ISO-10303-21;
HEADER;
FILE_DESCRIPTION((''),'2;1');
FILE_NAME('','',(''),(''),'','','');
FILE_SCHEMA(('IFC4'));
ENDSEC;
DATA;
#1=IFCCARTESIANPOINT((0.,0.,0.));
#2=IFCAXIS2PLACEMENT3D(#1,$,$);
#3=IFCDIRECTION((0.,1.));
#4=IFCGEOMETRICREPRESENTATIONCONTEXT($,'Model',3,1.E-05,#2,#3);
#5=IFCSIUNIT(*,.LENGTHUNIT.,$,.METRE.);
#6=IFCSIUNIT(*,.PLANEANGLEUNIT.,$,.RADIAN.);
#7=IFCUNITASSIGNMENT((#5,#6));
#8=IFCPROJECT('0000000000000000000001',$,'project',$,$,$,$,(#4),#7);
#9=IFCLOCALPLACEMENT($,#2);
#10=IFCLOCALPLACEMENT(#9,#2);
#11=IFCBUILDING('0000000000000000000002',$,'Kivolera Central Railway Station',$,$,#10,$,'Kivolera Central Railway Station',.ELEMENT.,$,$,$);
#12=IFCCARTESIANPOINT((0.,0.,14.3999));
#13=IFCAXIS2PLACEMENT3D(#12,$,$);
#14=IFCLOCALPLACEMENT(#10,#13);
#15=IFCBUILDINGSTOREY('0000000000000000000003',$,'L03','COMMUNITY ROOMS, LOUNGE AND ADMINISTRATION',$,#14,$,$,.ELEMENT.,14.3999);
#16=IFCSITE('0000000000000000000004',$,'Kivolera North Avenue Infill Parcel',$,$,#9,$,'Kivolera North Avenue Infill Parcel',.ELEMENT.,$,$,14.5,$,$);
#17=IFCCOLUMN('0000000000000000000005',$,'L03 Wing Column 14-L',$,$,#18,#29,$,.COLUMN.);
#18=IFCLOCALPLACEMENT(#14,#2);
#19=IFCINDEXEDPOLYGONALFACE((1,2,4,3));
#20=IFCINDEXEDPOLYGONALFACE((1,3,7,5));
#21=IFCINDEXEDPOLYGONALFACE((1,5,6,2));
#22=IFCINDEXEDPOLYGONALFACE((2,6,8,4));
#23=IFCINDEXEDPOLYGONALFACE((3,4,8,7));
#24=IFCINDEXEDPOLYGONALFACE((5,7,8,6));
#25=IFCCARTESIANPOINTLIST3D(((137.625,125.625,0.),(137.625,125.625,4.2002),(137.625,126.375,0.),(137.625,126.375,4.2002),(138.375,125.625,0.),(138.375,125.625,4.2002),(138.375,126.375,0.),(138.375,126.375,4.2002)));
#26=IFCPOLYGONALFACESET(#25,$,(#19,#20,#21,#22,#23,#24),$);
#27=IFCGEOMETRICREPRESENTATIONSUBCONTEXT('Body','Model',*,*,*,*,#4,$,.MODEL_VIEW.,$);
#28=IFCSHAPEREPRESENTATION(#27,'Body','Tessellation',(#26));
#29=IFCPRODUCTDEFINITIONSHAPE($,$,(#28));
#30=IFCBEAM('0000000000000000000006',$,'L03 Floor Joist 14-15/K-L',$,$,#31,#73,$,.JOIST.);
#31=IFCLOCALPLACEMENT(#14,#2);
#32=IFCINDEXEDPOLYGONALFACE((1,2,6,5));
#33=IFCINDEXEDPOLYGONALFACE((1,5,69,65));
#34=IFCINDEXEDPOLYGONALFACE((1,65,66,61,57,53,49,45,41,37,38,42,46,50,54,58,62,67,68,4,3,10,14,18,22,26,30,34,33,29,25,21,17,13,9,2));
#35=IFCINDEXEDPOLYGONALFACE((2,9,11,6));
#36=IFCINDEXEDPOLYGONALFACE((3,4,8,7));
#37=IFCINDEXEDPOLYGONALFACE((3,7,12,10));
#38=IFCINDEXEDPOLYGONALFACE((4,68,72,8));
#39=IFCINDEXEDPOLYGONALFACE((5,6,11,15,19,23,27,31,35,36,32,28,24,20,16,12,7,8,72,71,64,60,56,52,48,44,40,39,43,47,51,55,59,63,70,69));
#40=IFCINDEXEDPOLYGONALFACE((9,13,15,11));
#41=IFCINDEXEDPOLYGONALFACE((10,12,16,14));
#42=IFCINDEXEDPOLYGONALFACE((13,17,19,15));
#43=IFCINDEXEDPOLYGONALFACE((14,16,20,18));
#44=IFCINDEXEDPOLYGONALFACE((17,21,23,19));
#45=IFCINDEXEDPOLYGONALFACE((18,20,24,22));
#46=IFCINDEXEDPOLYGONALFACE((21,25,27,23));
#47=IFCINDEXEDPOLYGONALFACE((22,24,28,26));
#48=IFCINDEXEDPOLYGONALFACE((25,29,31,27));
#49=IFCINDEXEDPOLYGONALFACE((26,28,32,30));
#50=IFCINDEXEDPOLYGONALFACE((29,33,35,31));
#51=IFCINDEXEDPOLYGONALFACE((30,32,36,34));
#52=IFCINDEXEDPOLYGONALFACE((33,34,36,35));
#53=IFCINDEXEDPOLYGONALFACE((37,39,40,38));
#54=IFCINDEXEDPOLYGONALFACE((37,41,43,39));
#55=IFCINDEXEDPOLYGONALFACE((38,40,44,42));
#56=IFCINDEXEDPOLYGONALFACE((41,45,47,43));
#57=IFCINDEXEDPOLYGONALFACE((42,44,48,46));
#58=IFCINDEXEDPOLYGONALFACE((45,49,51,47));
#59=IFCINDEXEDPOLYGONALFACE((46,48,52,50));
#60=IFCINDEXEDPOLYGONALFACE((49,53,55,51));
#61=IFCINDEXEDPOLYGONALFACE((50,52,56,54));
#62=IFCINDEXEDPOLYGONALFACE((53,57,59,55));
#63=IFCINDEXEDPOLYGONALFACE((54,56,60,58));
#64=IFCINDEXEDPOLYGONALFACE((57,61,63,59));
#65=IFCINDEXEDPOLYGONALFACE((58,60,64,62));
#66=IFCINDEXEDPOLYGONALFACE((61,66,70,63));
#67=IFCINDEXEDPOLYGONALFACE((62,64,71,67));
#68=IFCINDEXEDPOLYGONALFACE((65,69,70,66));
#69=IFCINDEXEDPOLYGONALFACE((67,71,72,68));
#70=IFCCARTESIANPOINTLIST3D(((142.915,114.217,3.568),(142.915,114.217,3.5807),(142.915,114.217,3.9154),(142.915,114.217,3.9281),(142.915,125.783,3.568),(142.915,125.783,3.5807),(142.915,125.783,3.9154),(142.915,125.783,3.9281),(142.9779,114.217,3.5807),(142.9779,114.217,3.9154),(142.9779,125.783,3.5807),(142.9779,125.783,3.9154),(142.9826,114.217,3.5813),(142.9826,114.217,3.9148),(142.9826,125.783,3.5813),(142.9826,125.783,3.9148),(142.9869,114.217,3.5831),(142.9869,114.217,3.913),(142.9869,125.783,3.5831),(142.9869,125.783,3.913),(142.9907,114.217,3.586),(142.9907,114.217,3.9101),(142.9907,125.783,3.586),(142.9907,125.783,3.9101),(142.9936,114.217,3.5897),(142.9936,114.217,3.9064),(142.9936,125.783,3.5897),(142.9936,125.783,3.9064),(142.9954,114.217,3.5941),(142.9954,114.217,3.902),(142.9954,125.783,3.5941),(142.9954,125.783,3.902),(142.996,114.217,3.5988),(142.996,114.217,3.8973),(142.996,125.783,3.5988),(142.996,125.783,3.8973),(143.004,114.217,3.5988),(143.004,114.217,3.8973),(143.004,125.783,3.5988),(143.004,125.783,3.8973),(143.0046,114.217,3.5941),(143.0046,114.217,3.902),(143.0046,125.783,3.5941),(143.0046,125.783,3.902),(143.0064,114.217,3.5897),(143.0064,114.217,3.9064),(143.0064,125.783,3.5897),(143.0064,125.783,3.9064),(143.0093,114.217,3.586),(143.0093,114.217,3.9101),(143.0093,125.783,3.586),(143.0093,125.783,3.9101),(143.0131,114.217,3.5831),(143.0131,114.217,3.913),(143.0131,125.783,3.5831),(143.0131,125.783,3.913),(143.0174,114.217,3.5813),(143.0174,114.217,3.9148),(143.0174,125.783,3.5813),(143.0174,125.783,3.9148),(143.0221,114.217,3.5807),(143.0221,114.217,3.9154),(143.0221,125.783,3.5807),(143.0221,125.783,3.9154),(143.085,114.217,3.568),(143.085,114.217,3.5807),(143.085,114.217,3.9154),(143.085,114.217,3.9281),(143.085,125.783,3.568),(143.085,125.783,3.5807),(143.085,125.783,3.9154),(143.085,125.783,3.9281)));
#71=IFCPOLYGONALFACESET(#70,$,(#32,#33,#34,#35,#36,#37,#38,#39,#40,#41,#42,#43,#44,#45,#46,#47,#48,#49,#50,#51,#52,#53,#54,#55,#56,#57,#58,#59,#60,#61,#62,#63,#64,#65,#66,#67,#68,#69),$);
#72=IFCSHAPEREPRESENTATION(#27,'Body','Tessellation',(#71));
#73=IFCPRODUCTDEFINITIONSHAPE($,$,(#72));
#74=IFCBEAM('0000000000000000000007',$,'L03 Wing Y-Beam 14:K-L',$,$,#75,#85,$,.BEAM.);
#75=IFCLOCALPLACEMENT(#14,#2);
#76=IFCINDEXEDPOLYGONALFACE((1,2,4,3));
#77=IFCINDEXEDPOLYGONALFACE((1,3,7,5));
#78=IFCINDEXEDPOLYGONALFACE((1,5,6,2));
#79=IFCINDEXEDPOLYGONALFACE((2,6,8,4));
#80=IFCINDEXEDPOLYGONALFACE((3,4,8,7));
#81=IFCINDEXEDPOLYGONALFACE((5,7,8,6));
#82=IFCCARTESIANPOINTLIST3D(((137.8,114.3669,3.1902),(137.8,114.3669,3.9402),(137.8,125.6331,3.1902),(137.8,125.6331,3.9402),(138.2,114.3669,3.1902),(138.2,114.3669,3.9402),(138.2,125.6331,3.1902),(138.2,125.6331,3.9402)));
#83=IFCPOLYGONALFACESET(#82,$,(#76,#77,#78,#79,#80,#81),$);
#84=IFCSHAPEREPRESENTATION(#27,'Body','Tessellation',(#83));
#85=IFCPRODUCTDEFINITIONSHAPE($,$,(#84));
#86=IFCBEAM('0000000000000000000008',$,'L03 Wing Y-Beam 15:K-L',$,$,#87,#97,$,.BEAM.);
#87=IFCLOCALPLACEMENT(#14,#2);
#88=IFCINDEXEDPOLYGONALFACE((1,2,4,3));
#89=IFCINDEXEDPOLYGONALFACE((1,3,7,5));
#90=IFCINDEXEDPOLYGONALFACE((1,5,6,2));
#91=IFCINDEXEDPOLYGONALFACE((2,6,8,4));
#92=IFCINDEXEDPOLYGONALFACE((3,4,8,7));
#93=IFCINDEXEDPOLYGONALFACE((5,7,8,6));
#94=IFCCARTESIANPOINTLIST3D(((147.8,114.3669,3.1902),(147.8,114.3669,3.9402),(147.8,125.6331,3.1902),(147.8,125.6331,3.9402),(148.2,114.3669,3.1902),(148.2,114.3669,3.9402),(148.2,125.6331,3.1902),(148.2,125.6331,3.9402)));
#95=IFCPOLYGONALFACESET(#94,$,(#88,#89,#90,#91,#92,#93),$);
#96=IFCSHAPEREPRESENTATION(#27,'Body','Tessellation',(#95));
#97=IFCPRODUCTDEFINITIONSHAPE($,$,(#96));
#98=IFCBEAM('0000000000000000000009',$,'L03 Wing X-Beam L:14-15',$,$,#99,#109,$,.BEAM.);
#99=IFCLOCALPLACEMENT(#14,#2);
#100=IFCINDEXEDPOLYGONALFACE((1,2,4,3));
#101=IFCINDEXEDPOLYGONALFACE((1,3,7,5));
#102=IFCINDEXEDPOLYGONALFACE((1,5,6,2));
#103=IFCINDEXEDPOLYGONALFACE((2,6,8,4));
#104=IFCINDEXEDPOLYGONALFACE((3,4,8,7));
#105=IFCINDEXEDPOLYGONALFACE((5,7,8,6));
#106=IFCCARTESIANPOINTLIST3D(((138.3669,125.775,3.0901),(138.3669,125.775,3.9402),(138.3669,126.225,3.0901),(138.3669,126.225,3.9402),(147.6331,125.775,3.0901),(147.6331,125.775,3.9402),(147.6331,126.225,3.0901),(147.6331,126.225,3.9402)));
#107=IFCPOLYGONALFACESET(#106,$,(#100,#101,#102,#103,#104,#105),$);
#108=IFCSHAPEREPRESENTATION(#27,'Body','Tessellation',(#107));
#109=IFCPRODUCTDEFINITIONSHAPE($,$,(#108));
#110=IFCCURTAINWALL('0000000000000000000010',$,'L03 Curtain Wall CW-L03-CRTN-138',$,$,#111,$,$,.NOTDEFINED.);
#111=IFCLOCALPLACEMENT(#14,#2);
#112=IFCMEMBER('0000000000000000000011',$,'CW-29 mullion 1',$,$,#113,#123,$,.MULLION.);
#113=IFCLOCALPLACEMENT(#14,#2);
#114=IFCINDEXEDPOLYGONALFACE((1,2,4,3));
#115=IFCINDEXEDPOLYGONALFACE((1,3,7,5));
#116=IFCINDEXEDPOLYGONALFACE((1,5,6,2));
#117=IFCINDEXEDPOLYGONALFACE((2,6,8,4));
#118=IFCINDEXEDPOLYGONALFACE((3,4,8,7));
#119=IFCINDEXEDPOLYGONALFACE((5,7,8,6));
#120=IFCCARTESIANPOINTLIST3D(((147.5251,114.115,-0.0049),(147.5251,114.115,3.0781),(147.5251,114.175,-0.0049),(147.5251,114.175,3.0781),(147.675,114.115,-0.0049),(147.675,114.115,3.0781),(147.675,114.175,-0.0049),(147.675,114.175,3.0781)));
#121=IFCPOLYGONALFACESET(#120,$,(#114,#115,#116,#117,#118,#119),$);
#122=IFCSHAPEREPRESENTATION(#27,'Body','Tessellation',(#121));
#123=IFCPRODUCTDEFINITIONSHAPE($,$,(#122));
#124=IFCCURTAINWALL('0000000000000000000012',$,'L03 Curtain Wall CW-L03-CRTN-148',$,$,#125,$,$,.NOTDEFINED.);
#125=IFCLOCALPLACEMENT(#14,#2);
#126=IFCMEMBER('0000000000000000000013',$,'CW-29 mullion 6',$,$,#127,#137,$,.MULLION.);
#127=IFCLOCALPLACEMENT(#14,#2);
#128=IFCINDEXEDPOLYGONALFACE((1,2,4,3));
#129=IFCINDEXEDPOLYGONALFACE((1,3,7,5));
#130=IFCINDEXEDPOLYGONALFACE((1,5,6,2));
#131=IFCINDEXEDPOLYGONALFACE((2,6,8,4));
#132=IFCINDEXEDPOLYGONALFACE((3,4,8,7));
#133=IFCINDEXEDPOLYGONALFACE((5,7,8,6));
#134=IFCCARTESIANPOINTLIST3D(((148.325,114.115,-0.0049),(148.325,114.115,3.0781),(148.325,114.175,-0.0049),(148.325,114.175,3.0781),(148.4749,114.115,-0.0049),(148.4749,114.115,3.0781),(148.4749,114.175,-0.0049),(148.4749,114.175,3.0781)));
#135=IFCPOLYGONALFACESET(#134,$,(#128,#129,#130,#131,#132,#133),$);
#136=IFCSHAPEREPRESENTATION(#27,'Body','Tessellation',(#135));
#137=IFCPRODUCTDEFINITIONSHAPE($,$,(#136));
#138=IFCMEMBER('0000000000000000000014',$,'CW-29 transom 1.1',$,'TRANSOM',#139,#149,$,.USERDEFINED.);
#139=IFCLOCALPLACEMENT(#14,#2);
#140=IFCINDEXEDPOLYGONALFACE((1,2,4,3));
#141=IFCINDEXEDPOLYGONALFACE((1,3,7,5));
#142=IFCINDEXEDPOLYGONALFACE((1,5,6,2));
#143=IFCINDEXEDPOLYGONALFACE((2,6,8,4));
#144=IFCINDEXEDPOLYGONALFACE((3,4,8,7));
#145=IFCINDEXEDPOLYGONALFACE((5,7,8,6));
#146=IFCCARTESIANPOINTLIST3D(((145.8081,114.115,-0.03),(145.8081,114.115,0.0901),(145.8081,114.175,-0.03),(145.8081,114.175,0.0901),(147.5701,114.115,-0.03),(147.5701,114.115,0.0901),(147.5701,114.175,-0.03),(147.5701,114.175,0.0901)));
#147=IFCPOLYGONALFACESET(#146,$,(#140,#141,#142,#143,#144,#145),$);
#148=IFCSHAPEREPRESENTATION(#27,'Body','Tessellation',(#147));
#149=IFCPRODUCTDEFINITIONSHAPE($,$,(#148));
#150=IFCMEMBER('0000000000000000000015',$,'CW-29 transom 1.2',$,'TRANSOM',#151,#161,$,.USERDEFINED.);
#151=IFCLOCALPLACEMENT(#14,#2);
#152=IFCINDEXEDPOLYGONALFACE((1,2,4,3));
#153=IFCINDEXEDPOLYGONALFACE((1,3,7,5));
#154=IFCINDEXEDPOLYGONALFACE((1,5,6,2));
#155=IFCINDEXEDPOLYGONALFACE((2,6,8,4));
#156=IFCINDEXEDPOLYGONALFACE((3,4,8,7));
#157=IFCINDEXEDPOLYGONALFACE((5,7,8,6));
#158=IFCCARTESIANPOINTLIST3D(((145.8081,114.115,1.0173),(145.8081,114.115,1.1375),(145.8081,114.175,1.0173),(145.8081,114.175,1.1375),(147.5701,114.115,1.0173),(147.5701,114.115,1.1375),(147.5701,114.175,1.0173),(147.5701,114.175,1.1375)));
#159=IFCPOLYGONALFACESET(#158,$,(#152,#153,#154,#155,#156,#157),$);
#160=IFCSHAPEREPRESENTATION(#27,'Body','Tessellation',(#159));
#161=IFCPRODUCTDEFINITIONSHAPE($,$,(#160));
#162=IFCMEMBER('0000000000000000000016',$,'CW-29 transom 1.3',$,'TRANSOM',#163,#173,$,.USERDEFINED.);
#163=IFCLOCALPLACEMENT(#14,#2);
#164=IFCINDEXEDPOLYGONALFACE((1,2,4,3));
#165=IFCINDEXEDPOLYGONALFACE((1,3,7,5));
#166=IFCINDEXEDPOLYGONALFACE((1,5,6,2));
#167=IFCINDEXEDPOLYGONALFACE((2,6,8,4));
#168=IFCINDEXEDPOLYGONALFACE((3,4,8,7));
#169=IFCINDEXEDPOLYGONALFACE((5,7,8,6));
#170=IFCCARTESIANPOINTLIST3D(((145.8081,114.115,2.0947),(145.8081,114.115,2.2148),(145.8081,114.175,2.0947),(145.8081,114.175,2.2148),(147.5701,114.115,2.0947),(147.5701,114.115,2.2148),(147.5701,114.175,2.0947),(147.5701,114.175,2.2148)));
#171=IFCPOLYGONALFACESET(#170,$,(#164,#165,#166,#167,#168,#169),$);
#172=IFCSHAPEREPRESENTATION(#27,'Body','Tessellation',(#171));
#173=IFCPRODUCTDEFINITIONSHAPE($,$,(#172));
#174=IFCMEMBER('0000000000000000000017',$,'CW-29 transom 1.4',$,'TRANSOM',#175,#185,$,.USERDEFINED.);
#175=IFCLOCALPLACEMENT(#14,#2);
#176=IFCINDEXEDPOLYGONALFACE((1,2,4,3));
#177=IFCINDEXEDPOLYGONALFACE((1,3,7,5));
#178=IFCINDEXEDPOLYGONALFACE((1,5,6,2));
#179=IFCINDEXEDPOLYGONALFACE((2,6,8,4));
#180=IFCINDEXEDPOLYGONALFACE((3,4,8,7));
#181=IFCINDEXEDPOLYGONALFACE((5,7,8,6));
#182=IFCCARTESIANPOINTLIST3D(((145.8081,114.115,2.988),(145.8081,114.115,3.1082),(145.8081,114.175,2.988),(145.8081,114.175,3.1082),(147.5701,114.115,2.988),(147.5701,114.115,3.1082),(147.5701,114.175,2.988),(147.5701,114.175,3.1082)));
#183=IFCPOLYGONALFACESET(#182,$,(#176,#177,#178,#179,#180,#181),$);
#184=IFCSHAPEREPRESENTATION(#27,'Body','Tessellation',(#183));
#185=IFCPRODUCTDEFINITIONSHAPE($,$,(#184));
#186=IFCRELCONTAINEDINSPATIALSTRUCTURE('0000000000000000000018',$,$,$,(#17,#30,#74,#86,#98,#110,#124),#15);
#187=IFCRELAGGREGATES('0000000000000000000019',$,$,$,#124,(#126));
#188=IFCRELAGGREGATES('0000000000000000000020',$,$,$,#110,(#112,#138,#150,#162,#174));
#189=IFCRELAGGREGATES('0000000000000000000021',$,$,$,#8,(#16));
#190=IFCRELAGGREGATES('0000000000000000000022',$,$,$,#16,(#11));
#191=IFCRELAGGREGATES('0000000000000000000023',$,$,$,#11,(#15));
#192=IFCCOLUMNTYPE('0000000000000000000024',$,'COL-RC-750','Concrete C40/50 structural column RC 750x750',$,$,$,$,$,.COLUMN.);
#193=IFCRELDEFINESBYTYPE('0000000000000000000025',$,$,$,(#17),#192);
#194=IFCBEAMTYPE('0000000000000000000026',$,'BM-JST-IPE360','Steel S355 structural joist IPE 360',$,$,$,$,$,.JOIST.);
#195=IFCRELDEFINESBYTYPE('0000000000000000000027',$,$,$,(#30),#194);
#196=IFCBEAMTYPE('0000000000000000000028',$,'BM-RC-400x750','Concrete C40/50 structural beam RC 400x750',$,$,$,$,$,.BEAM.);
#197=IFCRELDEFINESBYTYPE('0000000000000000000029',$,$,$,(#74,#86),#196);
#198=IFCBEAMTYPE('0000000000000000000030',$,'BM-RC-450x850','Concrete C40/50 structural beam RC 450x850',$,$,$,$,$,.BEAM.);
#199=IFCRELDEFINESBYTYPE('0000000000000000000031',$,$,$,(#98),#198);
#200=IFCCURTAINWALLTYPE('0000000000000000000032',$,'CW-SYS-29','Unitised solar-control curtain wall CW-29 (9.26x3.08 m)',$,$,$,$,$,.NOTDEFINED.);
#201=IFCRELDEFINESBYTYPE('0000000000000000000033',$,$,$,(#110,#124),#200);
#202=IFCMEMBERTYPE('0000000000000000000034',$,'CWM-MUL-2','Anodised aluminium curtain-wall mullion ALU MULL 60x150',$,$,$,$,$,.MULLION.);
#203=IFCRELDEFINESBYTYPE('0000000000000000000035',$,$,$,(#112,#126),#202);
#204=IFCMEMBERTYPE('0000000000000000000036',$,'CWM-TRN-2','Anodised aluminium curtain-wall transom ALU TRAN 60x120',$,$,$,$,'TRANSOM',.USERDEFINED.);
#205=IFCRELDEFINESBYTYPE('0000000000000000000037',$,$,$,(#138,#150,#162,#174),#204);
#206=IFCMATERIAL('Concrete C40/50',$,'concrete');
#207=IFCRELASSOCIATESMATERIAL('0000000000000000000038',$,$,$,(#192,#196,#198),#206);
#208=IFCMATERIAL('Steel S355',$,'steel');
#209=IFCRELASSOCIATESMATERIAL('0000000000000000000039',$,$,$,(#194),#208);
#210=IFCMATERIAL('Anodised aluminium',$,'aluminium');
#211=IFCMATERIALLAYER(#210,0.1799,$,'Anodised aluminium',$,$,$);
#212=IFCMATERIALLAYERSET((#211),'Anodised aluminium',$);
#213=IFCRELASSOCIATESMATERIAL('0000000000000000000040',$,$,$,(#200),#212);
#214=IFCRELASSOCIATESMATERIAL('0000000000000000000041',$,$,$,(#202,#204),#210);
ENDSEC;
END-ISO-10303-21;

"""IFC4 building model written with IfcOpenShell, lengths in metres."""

from ifc_helpers import new_model, si_unit, direction, frame, origin, origin_2d, place, context, subcontext, project, spatial, rectangle, i_section, extrude, material, layer, layer_set, material_profile, profile_set, type_object, element, aggregate, save


model = new_model("IFC4")

# Units and contexts
model_context = context("Model", 3, precision=1e-05, world=origin(), true_north=direction((0.0, 1.0)))
body_context = subcontext(model_context, "Body", "Model", "MODEL_VIEW")
ifc_project = project(units=[si_unit("LENGTHUNIT", "METRE"), si_unit("PLANEANGLEUNIT", "RADIAN")], contexts=[model_context])

# Site, building, storey
site_placement = place(None, origin())
site = spatial("IfcSite", under=ifc_project, at=site_placement, Name="Kivolera North Avenue Infill Parcel", LongName="Kivolera North Avenue Infill Parcel", CompositionType="ELEMENT", RefElevation=14.5)
building_placement = place(site_placement, origin())
building = spatial("IfcBuilding", under=site, at=building_placement, Name="Kivolera Central Railway Station", LongName="Kivolera Central Railway Station", CompositionType="ELEMENT")
storey_placement = place(building_placement, frame((0.0, 0.0, 14.3999)))
storey = spatial("IfcBuildingStorey", under=building, at=storey_placement, Name="L03", Description="COMMUNITY ROOMS, LOUNGE AND ADMINISTRATION", CompositionType="ELEMENT", Elevation=14.3999)

# Column
ifc_material_1 = material(Name="Concrete C40/50", Category="concrete")
ifc_material_profile_1 = material_profile(ifc_material_1, rectangle(XDim=0.75, YDim=0.75, at=origin_2d()), Name="RC 750x750")
ifc_profile_set_1 = profile_set([ifc_material_profile_1], Name="Concrete C40/50")
column_type = type_object("IfcColumnType", Name="COL-RC-750", Description="Concrete C40/50 structural column RC 750x750", PredefinedType="COLUMN", material=ifc_profile_set_1)
column_placement = place(storey_placement, frame((138.0, 126.0, 0.0), z_axis=(0.0, 0.0, 1.0), x_axis=(1.0, 0.0, 0.0)))
element("IfcColumn", 1, at=column_placement, inside=storey, type_object=column_type, Name="L03 Wing Column 14-L", PredefinedType="COLUMN", context=body_context, shape_type="SweptSolid", body=[
    extrude(rectangle(XDim=0.75, YDim=0.75, at=origin_2d()), origin(), (0.0, 0.0, 1.0), 4.2002),
])

# Beams
ifc_material_2 = material(Name="Steel S355", Category="steel")
ifc_material_profile_2 = material_profile(ifc_material_2, i_section(OverallWidth=0.1699, OverallDepth=0.3601, WebThickness=0.0081, FlangeThickness=0.0127, FilletRadius=0.0181, at=origin_2d()), Name="IPE 360")
ifc_profile_set_2 = profile_set([ifc_material_profile_2], Name="Steel S355")
beam_type_1 = type_object("IfcBeamType", Name="BM-JST-IPE360", Description="Steel S355 structural joist IPE 360", PredefinedType="JOIST", material=ifc_profile_set_2)
beam_1_placement = place(storey_placement, frame((143.0, 114.217, 3.748), z_axis=(0.0, 1.0, 0.0), x_axis=(-1.0, 0.0, 0.0)))
element("IfcBeam", 2, at=beam_1_placement, inside=storey, type_object=beam_type_1, Name="L03 Floor Joist 14-15/K-L", PredefinedType="JOIST", context=body_context, shape_type="SweptSolid", body=[
    extrude(i_section(OverallWidth=0.1699, OverallDepth=0.3601, WebThickness=0.0081, FlangeThickness=0.0127, FilletRadius=0.0181, at=origin_2d()), origin(), (0.0, 0.0, 1.0), 11.5659),
])
ifc_material_profile_3 = material_profile(ifc_material_1, rectangle(XDim=0.3999, YDim=0.75, at=origin_2d()), Name="RC 400x750")
ifc_profile_set_3 = profile_set([ifc_material_profile_3], Name="Concrete C40/50")
beam_type_2 = type_object("IfcBeamType", Name="BM-RC-400x750", Description="Concrete C40/50 structural beam RC 400x750", PredefinedType="BEAM", material=ifc_profile_set_3)
for number, where, z_axis, x_axis, name in (
    (3, (138.0, 114.3669, 3.5652), (0.0, 1.0, 0.0), (-1.0, 0.0, 0.0), "L03 Wing Y-Beam 14:K-L"),
    (4, (148.0, 114.3669, 3.5652), (0.0, 1.0, 0.0), (-1.0, 0.0, 0.0), "L03 Wing Y-Beam 15:K-L"),
):
    element("IfcBeam", number, at=place(storey_placement, frame(where, z_axis=z_axis, x_axis=x_axis)), inside=storey, type_object=beam_type_2, Name=name, PredefinedType="BEAM", context=body_context, shape_type="SweptSolid", body=[
        extrude(rectangle(XDim=0.3999, YDim=0.75, at=origin_2d()), origin(), (0.0, 0.0, 1.0), 11.2661),
    ])
ifc_material_profile_4 = material_profile(ifc_material_1, rectangle(XDim=0.45, YDim=0.8501, at=origin_2d()), Name="RC 450x850")
ifc_profile_set_4 = profile_set([ifc_material_profile_4], Name="Concrete C40/50")
beam_type_3 = type_object("IfcBeamType", Name="BM-RC-450x850", Description="Concrete C40/50 structural beam RC 450x850", PredefinedType="BEAM", material=ifc_profile_set_4)
beam_2_placement = place(storey_placement, frame((138.3669, 126.0, 3.5151), z_axis=(1.0, 0.0, 0.0), x_axis=(0.0, 1.0, 0.0)))
element("IfcBeam", 5, at=beam_2_placement, inside=storey, type_object=beam_type_3, Name="L03 Wing X-Beam L:14-15", PredefinedType="BEAM", context=body_context, shape_type="SweptSolid", body=[
    extrude(rectangle(XDim=0.45, YDim=0.8501, at=origin_2d()), origin(), (0.0, 0.0, 1.0), 9.2661),
])

# Curtain walls, members
ifc_material_3 = material(Name="Anodised aluminium", Category="aluminium")
ifc_layer_1 = layer(ifc_material_3, 0.1799, Name="Anodised aluminium")
ifc_layer_set_1 = layer_set([ifc_layer_1], Name="Anodised aluminium")
curtain_wall_type = type_object("IfcCurtainWallType", Name="CW-SYS-29", Description="Unitised solar-control curtain wall CW-29 (9.26x3.08 m)", PredefinedType="NOTDEFINED", material=ifc_layer_set_1)
curtain_wall_1_placement = place(storey_placement, origin())
curtain_wall_1 = element("IfcCurtainWall", 6, at=curtain_wall_1_placement, inside=storey, type_object=curtain_wall_type, Name="L03 Curtain Wall CW-L03-CRTN-138", PredefinedType="NOTDEFINED")
ifc_material_profile_5 = material_profile(ifc_material_3, rectangle(XDim=0.0601, YDim=0.1499, at=origin_2d()), Name="ALU MULL 60x150")
ifc_profile_set_5 = profile_set([ifc_material_profile_5], Name="Anodised aluminium")
member_type_1 = type_object("IfcMemberType", Name="CWM-MUL-2", Description="Anodised aluminium curtain-wall mullion ALU MULL 60x150", PredefinedType="MULLION", material=ifc_profile_set_5)
member_1_placement = place(storey_placement, frame((147.6001, 114.145, -0.0049), z_axis=(0.0, 0.0, 1.0), x_axis=(0.0, -1.0, 0.0)))
member_1 = element("IfcMember", 7, at=member_1_placement, type_object=member_type_1, Name="CW-29 mullion 1", PredefinedType="MULLION", context=body_context, shape_type="SweptSolid", body=[
    extrude(rectangle(XDim=0.0601, YDim=0.1499, at=origin_2d()), origin(), (0.0, 0.0, 1.0), 3.083),
])
curtain_wall_2_placement = place(storey_placement, origin())
curtain_wall_2 = element("IfcCurtainWall", 8, at=curtain_wall_2_placement, inside=storey, type_object=curtain_wall_type, Name="L03 Curtain Wall CW-L03-CRTN-148", PredefinedType="NOTDEFINED")
member_2_placement = place(storey_placement, frame((148.3999, 114.145, -0.0049), z_axis=(0.0, 0.0, 1.0), x_axis=(0.0, -1.0, 0.0)))
member_2 = element("IfcMember", 9, at=member_2_placement, type_object=member_type_1, Name="CW-29 mullion 6", PredefinedType="MULLION", context=body_context, shape_type="SweptSolid", body=[
    extrude(rectangle(XDim=0.0601, YDim=0.1499, at=origin_2d()), origin(), (0.0, 0.0, 1.0), 3.083),
])
aggregate(curtain_wall_2, [member_2])

# Members
ifc_material_profile_6 = material_profile(ifc_material_3, rectangle(XDim=0.0601, YDim=0.1201, at=origin_2d()), Name="ALU TRAN 60x120")
ifc_profile_set_6 = profile_set([ifc_material_profile_6], Name="Anodised aluminium")
member_type_2 = type_object("IfcMemberType", Name="CWM-TRN-2", Description="Anodised aluminium curtain-wall transom ALU TRAN 60x120", ElementType="TRANSOM", PredefinedType="USERDEFINED", material=ifc_profile_set_6)
member_3_placement = place(storey_placement, frame((147.5701, 114.145, 0.03), z_axis=(-1.0, 0.0, 0.0), x_axis=(0.0, -1.0, 0.0)))
member_3 = element("IfcMember", 10, at=member_3_placement, type_object=member_type_2, Name="CW-29 transom 1.1", ObjectType="TRANSOM", PredefinedType="USERDEFINED", context=body_context, shape_type="SweptSolid", body=[
    extrude(rectangle(XDim=0.0601, YDim=0.1201, at=origin_2d()), origin(), (0.0, 0.0, 1.0), 1.762),
])
member_4_placement = place(storey_placement, frame((147.5701, 114.145, 1.0774), z_axis=(-1.0, 0.0, 0.0), x_axis=(0.0, -1.0, 0.0)))
member_4 = element("IfcMember", 11, at=member_4_placement, type_object=member_type_2, Name="CW-29 transom 1.2", ObjectType="TRANSOM", PredefinedType="USERDEFINED", context=body_context, shape_type="SweptSolid", body=[
    extrude(rectangle(XDim=0.0601, YDim=0.1201, at=origin_2d()), origin(), (0.0, 0.0, 1.0), 1.762),
])
member_5_placement = place(storey_placement, frame((147.5701, 114.145, 2.1548), z_axis=(-1.0, 0.0, 0.0), x_axis=(0.0, -1.0, 0.0)))
member_5 = element("IfcMember", 12, at=member_5_placement, type_object=member_type_2, Name="CW-29 transom 1.3", ObjectType="TRANSOM", PredefinedType="USERDEFINED", context=body_context, shape_type="SweptSolid", body=[
    extrude(rectangle(XDim=0.0601, YDim=0.1201, at=origin_2d()), origin(), (0.0, 0.0, 1.0), 1.762),
])
member_6_placement = place(storey_placement, frame((147.5701, 114.145, 3.0481), z_axis=(-1.0, 0.0, 0.0), x_axis=(0.0, -1.0, 0.0)))
member_6 = element("IfcMember", 13, at=member_6_placement, type_object=member_type_2, Name="CW-29 transom 1.4", ObjectType="TRANSOM", PredefinedType="USERDEFINED", context=body_context, shape_type="SweptSolid", body=[
    extrude(rectangle(XDim=0.0601, YDim=0.1201, at=origin_2d()), origin(), (0.0, 0.0, 1.0), 1.762),
])

aggregate(curtain_wall_1, [member_1, member_3, member_4, member_5, member_6])

save(model, "model.ifc")
